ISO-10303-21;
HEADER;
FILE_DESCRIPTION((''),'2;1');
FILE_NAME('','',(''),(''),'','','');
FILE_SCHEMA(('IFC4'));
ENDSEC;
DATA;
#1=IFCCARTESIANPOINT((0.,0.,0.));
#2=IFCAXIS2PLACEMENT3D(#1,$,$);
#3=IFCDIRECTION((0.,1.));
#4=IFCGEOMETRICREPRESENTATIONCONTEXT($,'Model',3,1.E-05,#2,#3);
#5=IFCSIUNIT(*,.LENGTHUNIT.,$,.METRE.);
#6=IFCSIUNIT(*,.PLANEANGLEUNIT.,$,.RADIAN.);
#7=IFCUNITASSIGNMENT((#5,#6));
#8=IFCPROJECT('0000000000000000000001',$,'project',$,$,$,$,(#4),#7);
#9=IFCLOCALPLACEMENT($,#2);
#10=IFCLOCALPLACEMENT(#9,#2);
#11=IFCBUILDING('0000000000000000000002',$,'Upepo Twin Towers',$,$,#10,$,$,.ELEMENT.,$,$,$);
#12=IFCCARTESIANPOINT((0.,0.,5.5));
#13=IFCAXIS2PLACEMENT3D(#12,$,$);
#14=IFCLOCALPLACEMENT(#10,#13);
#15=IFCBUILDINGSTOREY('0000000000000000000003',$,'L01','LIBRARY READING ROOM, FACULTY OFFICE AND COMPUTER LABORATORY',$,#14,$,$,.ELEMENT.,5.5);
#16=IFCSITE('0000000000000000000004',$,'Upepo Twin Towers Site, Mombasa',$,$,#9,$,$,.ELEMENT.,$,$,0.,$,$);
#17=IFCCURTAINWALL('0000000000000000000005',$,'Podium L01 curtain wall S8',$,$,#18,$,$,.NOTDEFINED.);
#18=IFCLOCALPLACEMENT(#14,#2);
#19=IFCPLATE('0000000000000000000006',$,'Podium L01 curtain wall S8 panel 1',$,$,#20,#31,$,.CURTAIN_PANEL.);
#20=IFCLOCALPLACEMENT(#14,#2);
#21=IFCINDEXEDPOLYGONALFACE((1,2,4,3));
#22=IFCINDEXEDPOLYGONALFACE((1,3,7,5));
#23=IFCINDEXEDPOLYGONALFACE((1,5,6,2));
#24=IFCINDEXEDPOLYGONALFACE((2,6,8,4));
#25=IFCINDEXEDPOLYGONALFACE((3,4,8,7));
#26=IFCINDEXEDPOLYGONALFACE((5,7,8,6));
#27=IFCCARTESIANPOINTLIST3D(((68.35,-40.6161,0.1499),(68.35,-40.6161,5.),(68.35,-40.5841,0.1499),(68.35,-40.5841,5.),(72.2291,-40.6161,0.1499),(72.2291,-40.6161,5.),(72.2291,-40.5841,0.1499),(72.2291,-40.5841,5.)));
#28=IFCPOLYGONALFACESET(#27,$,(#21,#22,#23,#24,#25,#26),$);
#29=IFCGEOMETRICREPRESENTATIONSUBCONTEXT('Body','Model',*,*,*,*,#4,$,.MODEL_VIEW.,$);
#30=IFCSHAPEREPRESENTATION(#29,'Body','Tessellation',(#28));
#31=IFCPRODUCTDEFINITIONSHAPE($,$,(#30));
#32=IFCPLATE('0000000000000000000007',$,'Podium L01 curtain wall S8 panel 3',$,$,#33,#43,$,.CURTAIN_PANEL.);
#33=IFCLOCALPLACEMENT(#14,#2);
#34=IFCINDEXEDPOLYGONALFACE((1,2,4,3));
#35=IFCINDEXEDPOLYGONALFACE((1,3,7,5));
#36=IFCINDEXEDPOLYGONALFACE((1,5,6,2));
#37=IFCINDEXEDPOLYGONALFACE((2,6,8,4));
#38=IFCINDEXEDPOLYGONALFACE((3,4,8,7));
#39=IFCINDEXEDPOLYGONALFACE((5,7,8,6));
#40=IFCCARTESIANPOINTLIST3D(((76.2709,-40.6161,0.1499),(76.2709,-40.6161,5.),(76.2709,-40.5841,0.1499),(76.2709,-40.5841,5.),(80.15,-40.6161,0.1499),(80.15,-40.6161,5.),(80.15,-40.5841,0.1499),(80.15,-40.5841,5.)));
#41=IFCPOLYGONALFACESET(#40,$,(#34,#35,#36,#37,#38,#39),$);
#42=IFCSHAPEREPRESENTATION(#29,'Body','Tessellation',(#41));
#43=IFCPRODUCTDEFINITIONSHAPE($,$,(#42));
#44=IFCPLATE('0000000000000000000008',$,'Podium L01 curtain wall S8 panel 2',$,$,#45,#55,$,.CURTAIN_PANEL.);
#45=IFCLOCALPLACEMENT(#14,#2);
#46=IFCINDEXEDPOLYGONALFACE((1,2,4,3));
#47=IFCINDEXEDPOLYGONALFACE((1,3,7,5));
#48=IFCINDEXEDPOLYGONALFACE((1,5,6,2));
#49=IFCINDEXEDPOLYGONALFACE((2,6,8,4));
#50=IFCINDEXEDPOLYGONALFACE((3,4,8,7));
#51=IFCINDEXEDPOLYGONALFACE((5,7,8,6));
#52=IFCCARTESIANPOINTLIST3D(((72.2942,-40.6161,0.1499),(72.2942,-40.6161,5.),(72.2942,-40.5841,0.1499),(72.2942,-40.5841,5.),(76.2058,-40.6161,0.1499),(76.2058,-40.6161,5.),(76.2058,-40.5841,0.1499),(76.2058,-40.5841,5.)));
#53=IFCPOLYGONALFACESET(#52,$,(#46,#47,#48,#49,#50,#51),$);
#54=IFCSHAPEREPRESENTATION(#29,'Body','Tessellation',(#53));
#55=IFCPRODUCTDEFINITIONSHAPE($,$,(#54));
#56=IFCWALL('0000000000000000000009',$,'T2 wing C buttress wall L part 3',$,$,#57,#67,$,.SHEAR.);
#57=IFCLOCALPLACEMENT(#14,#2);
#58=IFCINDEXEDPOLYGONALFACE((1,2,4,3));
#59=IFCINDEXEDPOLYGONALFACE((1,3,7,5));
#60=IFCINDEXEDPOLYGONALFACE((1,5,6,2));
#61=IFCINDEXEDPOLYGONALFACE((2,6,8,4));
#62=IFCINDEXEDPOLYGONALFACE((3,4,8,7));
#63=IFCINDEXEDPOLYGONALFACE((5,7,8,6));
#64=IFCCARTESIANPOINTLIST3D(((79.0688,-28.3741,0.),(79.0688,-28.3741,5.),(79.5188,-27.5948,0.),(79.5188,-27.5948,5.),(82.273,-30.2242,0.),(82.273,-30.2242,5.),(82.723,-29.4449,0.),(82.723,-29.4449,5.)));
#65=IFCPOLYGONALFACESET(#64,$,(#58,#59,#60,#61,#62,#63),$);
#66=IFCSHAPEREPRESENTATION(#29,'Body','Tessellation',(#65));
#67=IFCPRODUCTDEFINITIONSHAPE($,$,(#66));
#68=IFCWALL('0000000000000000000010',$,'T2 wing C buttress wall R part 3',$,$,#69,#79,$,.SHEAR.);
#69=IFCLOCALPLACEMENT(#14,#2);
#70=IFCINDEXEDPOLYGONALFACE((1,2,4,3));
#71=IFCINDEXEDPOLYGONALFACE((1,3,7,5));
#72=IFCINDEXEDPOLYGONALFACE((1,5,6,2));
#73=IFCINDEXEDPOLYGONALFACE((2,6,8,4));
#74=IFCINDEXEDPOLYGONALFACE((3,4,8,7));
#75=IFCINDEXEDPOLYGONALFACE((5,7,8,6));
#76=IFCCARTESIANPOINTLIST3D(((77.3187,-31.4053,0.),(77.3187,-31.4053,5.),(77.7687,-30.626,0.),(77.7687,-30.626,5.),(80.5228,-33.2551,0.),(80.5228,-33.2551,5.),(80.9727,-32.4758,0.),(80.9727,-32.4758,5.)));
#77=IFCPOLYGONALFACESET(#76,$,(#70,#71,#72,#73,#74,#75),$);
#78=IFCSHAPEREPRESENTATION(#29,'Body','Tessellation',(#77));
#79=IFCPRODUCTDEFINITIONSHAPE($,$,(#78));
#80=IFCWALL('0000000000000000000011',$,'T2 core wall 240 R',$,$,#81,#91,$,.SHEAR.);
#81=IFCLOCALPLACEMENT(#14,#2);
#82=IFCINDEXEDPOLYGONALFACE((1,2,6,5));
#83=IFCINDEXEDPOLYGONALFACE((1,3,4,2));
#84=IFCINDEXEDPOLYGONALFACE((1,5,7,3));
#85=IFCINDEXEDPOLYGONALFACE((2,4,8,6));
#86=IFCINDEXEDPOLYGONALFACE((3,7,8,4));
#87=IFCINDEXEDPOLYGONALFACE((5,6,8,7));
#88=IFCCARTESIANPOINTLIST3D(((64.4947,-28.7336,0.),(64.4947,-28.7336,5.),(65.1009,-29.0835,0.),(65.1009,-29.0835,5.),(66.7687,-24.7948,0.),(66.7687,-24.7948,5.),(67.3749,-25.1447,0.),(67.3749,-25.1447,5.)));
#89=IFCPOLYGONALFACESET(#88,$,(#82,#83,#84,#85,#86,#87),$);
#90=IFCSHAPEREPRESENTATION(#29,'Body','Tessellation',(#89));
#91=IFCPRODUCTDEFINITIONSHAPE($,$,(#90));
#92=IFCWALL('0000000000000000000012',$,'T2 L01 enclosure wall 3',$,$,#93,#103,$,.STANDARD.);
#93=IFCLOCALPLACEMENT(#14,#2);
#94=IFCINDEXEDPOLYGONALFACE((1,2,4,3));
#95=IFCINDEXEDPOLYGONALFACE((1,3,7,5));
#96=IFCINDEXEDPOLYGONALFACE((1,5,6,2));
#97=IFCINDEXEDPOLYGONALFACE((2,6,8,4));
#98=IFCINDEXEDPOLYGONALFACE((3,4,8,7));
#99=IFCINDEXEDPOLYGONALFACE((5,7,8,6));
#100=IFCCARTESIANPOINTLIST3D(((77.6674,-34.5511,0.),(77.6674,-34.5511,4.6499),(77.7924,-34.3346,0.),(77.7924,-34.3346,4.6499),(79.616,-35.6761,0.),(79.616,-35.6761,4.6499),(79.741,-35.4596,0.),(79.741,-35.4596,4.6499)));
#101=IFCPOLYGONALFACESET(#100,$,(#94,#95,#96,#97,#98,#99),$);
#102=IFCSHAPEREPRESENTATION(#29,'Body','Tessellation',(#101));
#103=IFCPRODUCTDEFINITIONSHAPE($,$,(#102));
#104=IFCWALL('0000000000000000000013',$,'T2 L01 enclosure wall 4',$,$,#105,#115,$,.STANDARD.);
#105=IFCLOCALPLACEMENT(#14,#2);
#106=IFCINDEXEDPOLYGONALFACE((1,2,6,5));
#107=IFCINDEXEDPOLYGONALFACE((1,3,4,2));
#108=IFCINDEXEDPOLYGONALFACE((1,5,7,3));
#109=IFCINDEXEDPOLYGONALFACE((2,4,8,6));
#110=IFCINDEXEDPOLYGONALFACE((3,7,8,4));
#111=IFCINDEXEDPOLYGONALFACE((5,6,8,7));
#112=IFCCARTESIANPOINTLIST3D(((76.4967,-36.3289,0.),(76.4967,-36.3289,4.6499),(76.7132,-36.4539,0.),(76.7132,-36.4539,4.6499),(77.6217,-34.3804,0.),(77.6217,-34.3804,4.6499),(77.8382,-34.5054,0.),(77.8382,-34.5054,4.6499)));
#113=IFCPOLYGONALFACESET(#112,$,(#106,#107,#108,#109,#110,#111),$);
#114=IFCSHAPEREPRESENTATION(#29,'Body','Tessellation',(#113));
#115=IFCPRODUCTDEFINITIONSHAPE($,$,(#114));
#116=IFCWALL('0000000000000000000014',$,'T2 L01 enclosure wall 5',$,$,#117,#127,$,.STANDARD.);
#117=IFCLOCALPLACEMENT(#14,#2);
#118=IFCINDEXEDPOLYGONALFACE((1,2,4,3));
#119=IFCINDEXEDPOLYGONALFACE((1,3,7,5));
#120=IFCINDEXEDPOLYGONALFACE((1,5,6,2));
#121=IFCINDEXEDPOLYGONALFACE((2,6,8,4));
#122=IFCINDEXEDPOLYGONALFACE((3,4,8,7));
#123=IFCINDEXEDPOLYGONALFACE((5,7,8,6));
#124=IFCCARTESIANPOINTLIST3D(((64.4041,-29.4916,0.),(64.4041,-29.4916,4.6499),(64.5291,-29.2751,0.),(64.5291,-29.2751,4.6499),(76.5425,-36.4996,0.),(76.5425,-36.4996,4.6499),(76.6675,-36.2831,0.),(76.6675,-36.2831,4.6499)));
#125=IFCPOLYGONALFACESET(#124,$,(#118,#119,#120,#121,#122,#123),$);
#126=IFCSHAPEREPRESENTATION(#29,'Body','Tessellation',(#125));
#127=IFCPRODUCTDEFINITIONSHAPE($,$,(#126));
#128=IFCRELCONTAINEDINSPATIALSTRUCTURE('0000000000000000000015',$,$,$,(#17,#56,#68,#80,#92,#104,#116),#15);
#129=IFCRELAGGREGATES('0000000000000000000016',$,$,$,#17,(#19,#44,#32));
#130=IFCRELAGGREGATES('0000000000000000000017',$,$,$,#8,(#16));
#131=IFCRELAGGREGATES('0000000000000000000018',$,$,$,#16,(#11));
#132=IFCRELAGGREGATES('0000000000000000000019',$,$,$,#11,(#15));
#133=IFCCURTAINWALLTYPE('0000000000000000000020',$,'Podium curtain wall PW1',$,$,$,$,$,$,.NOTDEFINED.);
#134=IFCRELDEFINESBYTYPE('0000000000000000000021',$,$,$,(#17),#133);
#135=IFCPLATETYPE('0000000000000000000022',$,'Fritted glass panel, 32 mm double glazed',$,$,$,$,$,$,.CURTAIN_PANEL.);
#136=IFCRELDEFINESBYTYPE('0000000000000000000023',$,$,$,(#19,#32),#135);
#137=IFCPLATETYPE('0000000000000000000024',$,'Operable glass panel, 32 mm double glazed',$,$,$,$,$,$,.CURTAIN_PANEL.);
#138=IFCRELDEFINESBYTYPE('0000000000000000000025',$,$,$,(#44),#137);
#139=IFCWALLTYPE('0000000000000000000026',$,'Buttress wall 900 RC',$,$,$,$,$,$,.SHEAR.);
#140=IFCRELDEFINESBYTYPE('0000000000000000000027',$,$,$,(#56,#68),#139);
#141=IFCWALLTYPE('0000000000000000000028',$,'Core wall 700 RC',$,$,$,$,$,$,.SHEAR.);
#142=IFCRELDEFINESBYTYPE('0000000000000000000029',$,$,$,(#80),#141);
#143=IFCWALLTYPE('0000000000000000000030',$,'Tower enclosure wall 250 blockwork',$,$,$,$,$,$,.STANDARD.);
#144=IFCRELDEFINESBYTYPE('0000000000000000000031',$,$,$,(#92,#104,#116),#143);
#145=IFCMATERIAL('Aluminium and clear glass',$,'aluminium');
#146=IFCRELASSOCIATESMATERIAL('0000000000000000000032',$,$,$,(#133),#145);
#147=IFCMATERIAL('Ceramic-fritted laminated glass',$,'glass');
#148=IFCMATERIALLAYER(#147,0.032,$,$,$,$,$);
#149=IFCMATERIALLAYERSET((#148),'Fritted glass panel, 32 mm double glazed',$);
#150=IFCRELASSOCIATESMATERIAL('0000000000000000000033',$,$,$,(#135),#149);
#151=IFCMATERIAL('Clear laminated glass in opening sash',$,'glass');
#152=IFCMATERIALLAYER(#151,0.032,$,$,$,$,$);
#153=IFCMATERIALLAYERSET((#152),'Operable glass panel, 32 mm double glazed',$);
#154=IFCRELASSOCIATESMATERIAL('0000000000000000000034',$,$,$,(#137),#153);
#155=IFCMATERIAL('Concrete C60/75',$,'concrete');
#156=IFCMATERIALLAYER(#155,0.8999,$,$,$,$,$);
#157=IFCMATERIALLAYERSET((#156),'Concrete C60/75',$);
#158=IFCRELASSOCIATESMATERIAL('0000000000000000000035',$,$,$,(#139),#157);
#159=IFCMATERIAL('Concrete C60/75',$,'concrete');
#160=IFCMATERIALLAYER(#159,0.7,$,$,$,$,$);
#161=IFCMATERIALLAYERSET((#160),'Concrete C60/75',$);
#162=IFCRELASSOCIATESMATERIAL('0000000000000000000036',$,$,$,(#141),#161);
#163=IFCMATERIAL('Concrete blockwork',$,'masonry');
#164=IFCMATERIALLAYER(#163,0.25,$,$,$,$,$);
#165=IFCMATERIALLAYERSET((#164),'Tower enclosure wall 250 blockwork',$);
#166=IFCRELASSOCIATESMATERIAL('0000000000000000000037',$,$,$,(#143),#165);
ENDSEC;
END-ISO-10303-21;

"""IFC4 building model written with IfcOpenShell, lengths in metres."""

from ifc_helpers import new_model, si_unit, direction, frame, frame_2d, origin, origin_2d, place, context, subcontext, project, spatial, rectangle, extrude, material, layer, layer_set, type_object, element, aggregate, save


model = new_model("IFC4")

# Units and contexts
model_context = context("Model", 3, precision=1e-05, world=origin(), true_north=direction((0.0, 1.0)))
body_context = subcontext(model_context, "Body", "Model", "MODEL_VIEW")
ifc_project = project(units=[si_unit("LENGTHUNIT", "METRE"), si_unit("PLANEANGLEUNIT", "RADIAN")], contexts=[model_context])

# Site, building, storey
site_placement = place(None, origin())
site = spatial("IfcSite", under=ifc_project, at=site_placement, Name="Upepo Twin Towers Site, Mombasa", CompositionType="ELEMENT", RefElevation=0.0)
building_placement = place(site_placement, origin())
building = spatial("IfcBuilding", under=site, at=building_placement, Name="Upepo Twin Towers", CompositionType="ELEMENT")
storey_placement = place(building_placement, frame((0.0, 0.0, 5.5)))
storey = spatial("IfcBuildingStorey", under=building, at=storey_placement, Name="L01", Description="LIBRARY READING ROOM, FACULTY OFFICE AND COMPUTER LABORATORY", CompositionType="ELEMENT", Elevation=5.5)

# Shared definitions
ifc_material_1 = material(Name="Aluminium and clear glass", Category="aluminium")
curtain_wall_type = type_object("IfcCurtainWallType", Name="Podium curtain wall PW1", PredefinedType="NOTDEFINED", material=ifc_material_1)

# Curtain wall, plates
curtain_wall_1_placement = place(storey_placement, origin())
curtain_wall_1 = element("IfcCurtainWall", 1, at=curtain_wall_1_placement, inside=storey, type_object=curtain_wall_type, Name="Podium L01 curtain wall S8", PredefinedType="NOTDEFINED")
ifc_material_2 = material(Name="Ceramic-fritted laminated glass", Category="glass")
ifc_layer_1 = layer(ifc_material_2, 0.032)
ifc_layer_set_1 = layer_set([ifc_layer_1], Name="Fritted glass panel, 32 mm double glazed")
plate_type_1 = type_object("IfcPlateType", Name="Fritted glass panel, 32 mm double glazed", PredefinedType="CURTAIN_PANEL", material=ifc_layer_set_1)
plate_1_placement = place(storey_placement, frame((70.2896, -40.6001, 0.1499), z_axis=(0.0, 0.0, 1.0), x_axis=(1.0, 0.0, 0.0)))
plate_1 = element("IfcPlate", 2, at=plate_1_placement, type_object=plate_type_1, Name="Podium L01 curtain wall S8 panel 1", PredefinedType="CURTAIN_PANEL", context=body_context, shape_type="SweptSolid", body=[
    extrude(rectangle(XDim=3.8792, YDim=0.032, at=origin_2d()), origin(), (0.0, 0.0, 1.0), 4.8501),
])
plate_2_placement = place(storey_placement, frame((78.2104, -40.6001, 0.1499), z_axis=(0.0, 0.0, 1.0), x_axis=(1.0, 0.0, 0.0)))
plate_2 = element("IfcPlate", 3, at=plate_2_placement, type_object=plate_type_1, Name="Podium L01 curtain wall S8 panel 3", PredefinedType="CURTAIN_PANEL", context=body_context, shape_type="SweptSolid", body=[
    extrude(rectangle(XDim=3.8792, YDim=0.032, at=origin_2d()), origin(), (0.0, 0.0, 1.0), 4.8501),
])
ifc_material_3 = material(Name="Clear laminated glass in opening sash", Category="glass")
ifc_layer_2 = layer(ifc_material_3, 0.032)
ifc_layer_set_2 = layer_set([ifc_layer_2], Name="Operable glass panel, 32 mm double glazed")
plate_type_2 = type_object("IfcPlateType", Name="Operable glass panel, 32 mm double glazed", PredefinedType="CURTAIN_PANEL", material=ifc_layer_set_2)
plate_3_placement = place(storey_placement, frame((74.25, -40.6001, 0.1499), z_axis=(0.0, 0.0, 1.0), x_axis=(1.0, 0.0, 0.0)))
plate_3 = element("IfcPlate", 4, at=plate_3_placement, type_object=plate_type_2, Name="Podium L01 curtain wall S8 panel 2", PredefinedType="CURTAIN_PANEL", context=body_context, shape_type="SweptSolid", body=[
    extrude(rectangle(XDim=3.9116, YDim=0.032, at=origin_2d()), origin(), (0.0, 0.0, 1.0), 4.8501),
])
aggregate(curtain_wall_1, [plate_1, plate_3, plate_2])

# Walls
ifc_material_4 = material(Name="Concrete C60/75", Category="concrete")
ifc_layer_3 = layer(ifc_material_4, 0.8999)
ifc_layer_set_3 = layer_set([ifc_layer_3], Name="Concrete C60/75")
wall_type_1 = type_object("IfcWallType", Name="Buttress wall 900 RC", PredefinedType="SHEAR", material=ifc_layer_set_3)
wall_1_placement = place(storey_placement, frame((79.2937, -27.9844, 0.0), z_axis=(0.0, 0.0, 1.0), x_axis=(0.866001, -0.500042, 0.0)))
element("IfcWall", 5, at=wall_1_placement, inside=storey, type_object=wall_type_1, Name="T2 wing C buttress wall L part 3", PredefinedType="SHEAR", context=body_context, shape_type="SweptSolid", body=[
    extrude(rectangle(XDim=3.7, YDim=0.8999, at=frame_2d((1.8501, 0.0))), origin(), (0.0, 0.0, 1.0), 5.0),
])
wall_2_placement = place(storey_placement, frame((77.5437, -31.0156, 0.0), z_axis=(0.0, 0.0, 1.0), x_axis=(0.86603, -0.499993, 0.0)))
element("IfcWall", 6, at=wall_2_placement, inside=storey, type_object=wall_type_1, Name="T2 wing C buttress wall R part 3", PredefinedType="SHEAR", context=body_context, shape_type="SweptSolid", body=[
    extrude(rectangle(XDim=3.6997, YDim=0.8999, at=frame_2d((1.8499, 0.0))), origin(), (0.0, 0.0, 1.0), 5.0),
])
ifc_material_5 = material(Name="Concrete C60/75", Category="concrete")
ifc_layer_4 = layer(ifc_material_5, 0.7)
ifc_layer_set_4 = layer_set([ifc_layer_4], Name="Concrete C60/75")
wall_type_2 = type_object("IfcWallType", Name="Core wall 700 RC", PredefinedType="SHEAR", material=ifc_layer_set_4)
wall_3_placement = place(storey_placement, frame((64.7979, -28.9084, 0.0), z_axis=(0.0, 0.0, 1.0), x_axis=(0.499984, 0.866035, 0.0)))
element("IfcWall", 7, at=wall_3_placement, inside=storey, type_object=wall_type_2, Name="T2 core wall 240 R", PredefinedType="SHEAR", context=body_context, shape_type="SweptSolid", body=[
    extrude(rectangle(XDim=4.5481, YDim=0.7, at=frame_2d((2.2739, 0.0))), origin(), (0.0, 0.0, 1.0), 5.0),
])
ifc_material_6 = material(Name="Concrete blockwork", Category="masonry")
ifc_layer_5 = layer(ifc_material_6, 0.25)
ifc_layer_set_5 = layer_set([ifc_layer_5], Name="Tower enclosure wall 250 blockwork")
wall_type_3 = type_object("IfcWallType", Name="Tower enclosure wall 250 blockwork", PredefinedType="STANDARD", material=ifc_layer_set_5)
for number, where, z_axis, x_axis, name in (
    (8, (79.6785, -35.5679, 0.0), (0.0, 0.0, 1.0), (-0.866018, 0.500014, 0.0), "T2 L01 enclosure wall 3"),
    (9, (77.73, -34.4429, 0.0), (0.0, 0.0, 1.0), (-0.500014, -0.866018, 0.0), "T2 L01 enclosure wall 4"),
):
    element("IfcWall", number, at=place(storey_placement, frame(where, z_axis=z_axis, x_axis=x_axis)), inside=storey, type_object=wall_type_3, Name=name, PredefinedType="STANDARD", context=body_context, shape_type="SweptSolid", body=[
        extrude(rectangle(XDim=2.25, YDim=0.25, at=frame_2d((1.125, 0.0))), origin(), (0.0, 0.0, 1.0), 4.6499),
    ])
wall_4_placement = place(storey_placement, frame((76.605, -36.3914, 0.0), z_axis=(0.0, 0.0, 1.0), x_axis=(-0.866028, 0.499996, 0.0)))
element("IfcWall", 10, at=wall_4_placement, inside=storey, type_object=wall_type_3, Name="T2 L01 enclosure wall 5", PredefinedType="STANDARD", context=body_context, shape_type="SweptSolid", body=[
    extrude(rectangle(XDim=14.0161, YDim=0.25, at=frame_2d((7.0081, 0.0))), origin(), (0.0, 0.0, 1.0), 4.6499),
])

save(model, "model.ifc")
